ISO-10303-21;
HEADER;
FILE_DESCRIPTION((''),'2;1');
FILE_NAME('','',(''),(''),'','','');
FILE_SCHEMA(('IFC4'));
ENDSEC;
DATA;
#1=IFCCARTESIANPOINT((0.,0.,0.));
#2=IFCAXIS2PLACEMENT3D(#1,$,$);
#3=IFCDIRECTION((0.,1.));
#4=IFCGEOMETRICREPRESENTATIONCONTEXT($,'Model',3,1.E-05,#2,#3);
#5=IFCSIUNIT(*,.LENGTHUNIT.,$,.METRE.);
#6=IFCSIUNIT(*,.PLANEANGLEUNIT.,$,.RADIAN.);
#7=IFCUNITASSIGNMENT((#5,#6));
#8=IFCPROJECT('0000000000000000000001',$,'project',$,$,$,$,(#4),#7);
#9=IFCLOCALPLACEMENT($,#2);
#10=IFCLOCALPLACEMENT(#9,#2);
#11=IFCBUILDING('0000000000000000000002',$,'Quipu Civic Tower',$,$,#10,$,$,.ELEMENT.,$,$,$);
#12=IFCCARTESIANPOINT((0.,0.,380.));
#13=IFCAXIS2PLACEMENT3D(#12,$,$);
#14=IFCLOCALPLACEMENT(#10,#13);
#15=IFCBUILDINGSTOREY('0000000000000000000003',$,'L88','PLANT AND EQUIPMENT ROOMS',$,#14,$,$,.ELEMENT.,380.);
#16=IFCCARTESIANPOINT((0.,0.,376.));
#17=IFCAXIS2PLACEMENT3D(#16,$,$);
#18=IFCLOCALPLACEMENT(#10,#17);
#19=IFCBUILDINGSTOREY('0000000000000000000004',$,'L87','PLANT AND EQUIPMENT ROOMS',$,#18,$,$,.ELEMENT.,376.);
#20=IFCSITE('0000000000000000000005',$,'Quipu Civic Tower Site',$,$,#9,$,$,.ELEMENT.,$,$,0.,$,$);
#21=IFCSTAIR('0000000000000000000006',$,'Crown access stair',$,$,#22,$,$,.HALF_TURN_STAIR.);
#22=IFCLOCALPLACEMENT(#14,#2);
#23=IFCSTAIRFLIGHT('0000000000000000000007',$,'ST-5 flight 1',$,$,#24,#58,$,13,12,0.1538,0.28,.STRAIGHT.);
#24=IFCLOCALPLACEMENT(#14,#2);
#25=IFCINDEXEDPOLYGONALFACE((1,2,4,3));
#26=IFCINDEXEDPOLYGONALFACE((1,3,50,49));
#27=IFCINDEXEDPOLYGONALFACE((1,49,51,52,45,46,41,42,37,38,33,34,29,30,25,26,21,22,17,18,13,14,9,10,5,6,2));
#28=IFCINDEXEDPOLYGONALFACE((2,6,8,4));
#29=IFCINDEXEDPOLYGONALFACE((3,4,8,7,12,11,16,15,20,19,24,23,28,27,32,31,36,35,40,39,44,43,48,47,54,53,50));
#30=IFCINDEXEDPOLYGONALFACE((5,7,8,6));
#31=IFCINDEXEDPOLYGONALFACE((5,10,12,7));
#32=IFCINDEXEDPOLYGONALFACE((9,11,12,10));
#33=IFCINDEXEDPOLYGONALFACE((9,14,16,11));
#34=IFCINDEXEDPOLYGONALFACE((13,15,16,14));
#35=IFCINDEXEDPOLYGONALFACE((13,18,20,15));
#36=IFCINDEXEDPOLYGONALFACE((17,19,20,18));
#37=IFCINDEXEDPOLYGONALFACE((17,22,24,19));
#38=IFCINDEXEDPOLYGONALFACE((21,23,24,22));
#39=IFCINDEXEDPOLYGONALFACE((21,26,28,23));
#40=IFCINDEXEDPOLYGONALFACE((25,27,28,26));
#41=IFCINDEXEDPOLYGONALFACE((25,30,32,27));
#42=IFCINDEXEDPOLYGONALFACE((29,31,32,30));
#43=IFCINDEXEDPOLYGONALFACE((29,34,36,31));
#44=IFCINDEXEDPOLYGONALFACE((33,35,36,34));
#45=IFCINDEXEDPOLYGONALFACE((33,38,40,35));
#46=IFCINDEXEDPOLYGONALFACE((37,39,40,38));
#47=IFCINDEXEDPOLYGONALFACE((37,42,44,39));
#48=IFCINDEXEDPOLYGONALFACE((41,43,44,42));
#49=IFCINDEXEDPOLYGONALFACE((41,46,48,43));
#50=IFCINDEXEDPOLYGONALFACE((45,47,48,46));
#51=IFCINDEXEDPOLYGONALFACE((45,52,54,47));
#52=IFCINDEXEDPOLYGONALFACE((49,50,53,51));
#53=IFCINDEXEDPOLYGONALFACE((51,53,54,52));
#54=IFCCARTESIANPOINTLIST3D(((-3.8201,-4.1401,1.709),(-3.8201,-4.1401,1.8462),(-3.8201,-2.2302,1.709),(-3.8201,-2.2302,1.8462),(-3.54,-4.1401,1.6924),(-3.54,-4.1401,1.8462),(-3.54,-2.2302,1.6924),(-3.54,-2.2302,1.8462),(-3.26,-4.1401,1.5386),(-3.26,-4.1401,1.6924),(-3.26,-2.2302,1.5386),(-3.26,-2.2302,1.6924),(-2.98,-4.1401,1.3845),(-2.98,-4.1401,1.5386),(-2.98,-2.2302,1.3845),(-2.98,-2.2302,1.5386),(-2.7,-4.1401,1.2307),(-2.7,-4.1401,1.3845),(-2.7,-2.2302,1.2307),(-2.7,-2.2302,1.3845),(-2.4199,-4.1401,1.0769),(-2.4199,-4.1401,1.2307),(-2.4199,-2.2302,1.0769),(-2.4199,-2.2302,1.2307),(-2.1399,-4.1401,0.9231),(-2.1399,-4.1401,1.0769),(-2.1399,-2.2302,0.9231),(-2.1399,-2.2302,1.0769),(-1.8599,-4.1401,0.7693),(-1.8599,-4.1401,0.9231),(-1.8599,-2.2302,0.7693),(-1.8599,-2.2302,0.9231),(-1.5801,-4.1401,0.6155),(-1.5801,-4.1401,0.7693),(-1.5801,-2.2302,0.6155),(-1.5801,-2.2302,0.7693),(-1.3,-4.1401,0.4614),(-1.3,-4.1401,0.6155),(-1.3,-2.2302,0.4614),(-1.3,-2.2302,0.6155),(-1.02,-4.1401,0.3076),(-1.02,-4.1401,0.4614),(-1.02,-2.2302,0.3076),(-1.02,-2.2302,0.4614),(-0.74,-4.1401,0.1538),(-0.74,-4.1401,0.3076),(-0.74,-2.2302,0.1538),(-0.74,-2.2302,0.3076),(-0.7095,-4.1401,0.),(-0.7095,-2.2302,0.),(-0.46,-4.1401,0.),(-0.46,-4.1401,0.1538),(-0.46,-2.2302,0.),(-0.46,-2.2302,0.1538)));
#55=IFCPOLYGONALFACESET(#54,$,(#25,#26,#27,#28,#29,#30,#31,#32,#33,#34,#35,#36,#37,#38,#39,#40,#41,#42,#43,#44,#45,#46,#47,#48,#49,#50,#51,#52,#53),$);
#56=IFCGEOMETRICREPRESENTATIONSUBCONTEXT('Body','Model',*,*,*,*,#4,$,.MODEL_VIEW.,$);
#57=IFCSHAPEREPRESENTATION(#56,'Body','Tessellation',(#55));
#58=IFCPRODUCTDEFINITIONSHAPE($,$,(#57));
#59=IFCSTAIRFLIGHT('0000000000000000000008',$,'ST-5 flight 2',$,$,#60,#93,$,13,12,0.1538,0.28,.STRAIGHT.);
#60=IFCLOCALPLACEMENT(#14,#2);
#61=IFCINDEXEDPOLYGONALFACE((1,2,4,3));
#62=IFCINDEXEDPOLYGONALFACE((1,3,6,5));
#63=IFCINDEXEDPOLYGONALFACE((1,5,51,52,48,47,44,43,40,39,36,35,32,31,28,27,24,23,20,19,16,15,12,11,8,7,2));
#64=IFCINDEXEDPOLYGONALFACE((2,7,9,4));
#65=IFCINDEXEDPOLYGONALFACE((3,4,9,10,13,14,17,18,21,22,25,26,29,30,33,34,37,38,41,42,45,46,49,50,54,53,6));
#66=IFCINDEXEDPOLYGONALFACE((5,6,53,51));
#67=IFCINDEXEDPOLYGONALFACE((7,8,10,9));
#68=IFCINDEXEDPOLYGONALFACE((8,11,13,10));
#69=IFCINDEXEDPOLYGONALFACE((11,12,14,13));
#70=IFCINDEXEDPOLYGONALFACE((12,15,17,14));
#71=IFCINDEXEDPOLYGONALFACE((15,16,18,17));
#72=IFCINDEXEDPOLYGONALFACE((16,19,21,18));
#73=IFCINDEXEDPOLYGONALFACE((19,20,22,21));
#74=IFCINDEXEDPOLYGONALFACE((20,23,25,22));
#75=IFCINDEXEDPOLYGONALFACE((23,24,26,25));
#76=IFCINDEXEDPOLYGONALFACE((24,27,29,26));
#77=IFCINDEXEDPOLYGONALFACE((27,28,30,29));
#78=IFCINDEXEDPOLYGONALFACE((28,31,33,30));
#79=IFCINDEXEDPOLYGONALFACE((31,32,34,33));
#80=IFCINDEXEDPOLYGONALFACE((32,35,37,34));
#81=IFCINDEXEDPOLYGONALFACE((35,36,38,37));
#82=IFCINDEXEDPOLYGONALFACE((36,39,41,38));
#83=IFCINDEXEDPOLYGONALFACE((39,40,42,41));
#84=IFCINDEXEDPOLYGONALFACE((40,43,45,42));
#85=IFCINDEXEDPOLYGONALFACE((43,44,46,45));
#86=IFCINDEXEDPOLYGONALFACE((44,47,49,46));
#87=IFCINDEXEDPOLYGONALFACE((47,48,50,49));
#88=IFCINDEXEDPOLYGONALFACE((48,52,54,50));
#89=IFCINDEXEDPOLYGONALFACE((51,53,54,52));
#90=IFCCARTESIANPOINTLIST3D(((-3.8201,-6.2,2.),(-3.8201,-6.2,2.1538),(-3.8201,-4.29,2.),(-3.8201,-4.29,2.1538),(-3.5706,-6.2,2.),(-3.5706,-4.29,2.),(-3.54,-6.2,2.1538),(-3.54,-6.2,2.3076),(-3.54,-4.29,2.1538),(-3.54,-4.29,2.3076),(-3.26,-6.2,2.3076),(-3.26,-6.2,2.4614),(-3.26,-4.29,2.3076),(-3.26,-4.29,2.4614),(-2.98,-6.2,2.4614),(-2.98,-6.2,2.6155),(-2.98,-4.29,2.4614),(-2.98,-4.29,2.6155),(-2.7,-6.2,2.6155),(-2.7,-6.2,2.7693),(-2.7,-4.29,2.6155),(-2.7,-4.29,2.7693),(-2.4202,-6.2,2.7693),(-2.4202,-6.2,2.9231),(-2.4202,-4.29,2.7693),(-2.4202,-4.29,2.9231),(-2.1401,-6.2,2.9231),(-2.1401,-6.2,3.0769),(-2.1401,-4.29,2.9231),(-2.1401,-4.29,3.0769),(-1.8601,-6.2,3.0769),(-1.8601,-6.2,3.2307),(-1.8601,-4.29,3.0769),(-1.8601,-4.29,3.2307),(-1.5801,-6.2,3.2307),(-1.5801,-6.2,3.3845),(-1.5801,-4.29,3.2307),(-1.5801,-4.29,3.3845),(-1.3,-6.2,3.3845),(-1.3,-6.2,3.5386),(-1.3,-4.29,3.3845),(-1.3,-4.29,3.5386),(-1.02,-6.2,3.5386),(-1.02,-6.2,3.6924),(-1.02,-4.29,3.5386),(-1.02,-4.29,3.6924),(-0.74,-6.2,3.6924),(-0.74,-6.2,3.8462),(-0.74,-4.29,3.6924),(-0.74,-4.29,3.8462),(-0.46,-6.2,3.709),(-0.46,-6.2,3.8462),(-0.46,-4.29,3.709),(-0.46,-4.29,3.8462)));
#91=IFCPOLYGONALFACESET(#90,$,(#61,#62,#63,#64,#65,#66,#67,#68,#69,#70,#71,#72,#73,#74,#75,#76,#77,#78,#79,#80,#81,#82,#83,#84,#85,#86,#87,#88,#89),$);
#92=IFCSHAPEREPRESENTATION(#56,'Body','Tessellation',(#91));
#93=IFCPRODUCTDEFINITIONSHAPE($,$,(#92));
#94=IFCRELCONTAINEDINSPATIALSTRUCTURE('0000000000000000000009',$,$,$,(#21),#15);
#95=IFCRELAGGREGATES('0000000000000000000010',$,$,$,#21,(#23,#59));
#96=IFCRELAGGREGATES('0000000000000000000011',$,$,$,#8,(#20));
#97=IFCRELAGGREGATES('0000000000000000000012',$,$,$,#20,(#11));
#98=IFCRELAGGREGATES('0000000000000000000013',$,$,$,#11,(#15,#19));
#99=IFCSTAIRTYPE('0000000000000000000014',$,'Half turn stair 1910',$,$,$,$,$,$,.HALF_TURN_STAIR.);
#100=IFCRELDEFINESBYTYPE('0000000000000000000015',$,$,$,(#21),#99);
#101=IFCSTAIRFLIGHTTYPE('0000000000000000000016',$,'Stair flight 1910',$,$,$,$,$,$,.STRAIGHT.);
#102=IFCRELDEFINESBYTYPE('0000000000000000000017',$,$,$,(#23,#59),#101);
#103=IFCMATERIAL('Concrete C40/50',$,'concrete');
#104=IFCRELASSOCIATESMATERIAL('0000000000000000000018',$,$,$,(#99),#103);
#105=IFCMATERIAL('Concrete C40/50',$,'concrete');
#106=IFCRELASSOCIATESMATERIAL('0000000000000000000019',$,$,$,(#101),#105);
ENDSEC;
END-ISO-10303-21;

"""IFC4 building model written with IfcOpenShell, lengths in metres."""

from ifc_helpers import new_model, si_unit, direction, frame, origin, place, context, subcontext, project, spatial, polyline, outline, extrude, material, type_object, element, aggregate, save


model = new_model("IFC4")

# Units and contexts
model_context = context("Model", 3, precision=1e-05, world=origin(), true_north=direction((0.0, 1.0)))
body_context = subcontext(model_context, "Body", "Model", "MODEL_VIEW")
ifc_project = project(units=[si_unit("LENGTHUNIT", "METRE"), si_unit("PLANEANGLEUNIT", "RADIAN")], contexts=[model_context])

# Site, building, storey
site_placement = place(None, origin())
site = spatial("IfcSite", under=ifc_project, at=site_placement, Name="Quipu Civic Tower Site", CompositionType="ELEMENT", RefElevation=0.0)
building_placement = place(site_placement, origin())
building = spatial("IfcBuilding", under=site, at=building_placement, Name="Quipu Civic Tower", CompositionType="ELEMENT")
storey_1_placement = place(building_placement, frame((0.0, 0.0, 380.0)))
storey_1 = spatial("IfcBuildingStorey", under=building, at=storey_1_placement, Name="L88", Description="PLANT AND EQUIPMENT ROOMS", CompositionType="ELEMENT", Elevation=380.0)

# Shared definitions
storey_2_placement = place(building_placement, frame((0.0, 0.0, 376.0)))
storey_2 = spatial("IfcBuildingStorey", under=building, at=storey_2_placement, Name="L87", Description="PLANT AND EQUIPMENT ROOMS", CompositionType="ELEMENT", Elevation=376.0)

# Stair, stair flights
ifc_material_1 = material(Name="Concrete C40/50", Category="concrete")
stair_type = type_object("IfcStairType", Name="Half turn stair 1910", PredefinedType="HALF_TURN_STAIR", material=ifc_material_1)
stair_placement = place(storey_1_placement, origin())
stair = element("IfcStair", 1, at=stair_placement, inside=storey_1, type_object=stair_type, Name="Crown access stair", PredefinedType="HALF_TURN_STAIR")
ifc_material_2 = material(Name="Concrete C40/50", Category="concrete")
stair_flight_type = type_object("IfcStairFlightType", Name="Stair flight 1910", PredefinedType="STRAIGHT", material=ifc_material_2)
stair_flight_1_placement = place(storey_1_placement, frame((-0.46, -3.1851, 0.0), z_axis=(0.0, 0.0, 1.0), x_axis=(-1.0, 0.0, 0.0)))
stair_flight_1 = element("IfcStairFlight", 2, at=stair_flight_1_placement, type_object=stair_flight_type, Name="ST-5 flight 1", NumberOfRisers=13, NumberOfTreads=12, PredefinedType="STRAIGHT", RiserHeight=0.1538, TreadLength=0.28, context=body_context, shape_type="SweptSolid", body=[
    extrude(outline(polyline([(0.0, 0.0), (0.0, 0.1538), (0.28, 0.1538), (0.28, 0.3076), (0.5601, 0.3076), (0.5601, 0.4614), (0.8401, 0.4614), (0.8401, 0.6155), (1.1201, 0.6155), (1.1201, 0.7693), (1.3999, 0.7693), (1.3999, 0.9231), (1.6799, 0.9231), (1.6799, 1.0769), (1.96, 1.0769), (1.96, 1.2307), (2.24, 1.2307), (2.24, 1.3845), (2.52, 1.3845), (2.52, 1.5386), (2.8, 1.5386), (2.8, 1.6924), (3.0801, 1.6924), (3.0801, 1.8462), (3.3601, 1.8462), (3.3601, 2.0), (3.3601, 1.709), (0.2495, 0.0), (0.0, 0.0)])), frame((0.0, 0.9551, 0.0), z_axis=(0.0, -1.0, 0.0), x_axis=(1.0, 0.0, 0.0)), (0.0, 0.0, 1.0), 1.9099),
])
stair_flight_2_placement = place(storey_1_placement, frame((-3.8201, -5.2451, 2.0), z_axis=(0.0, 0.0, 1.0), x_axis=(1.0, 0.0, 0.0)))
stair_flight_2 = element("IfcStairFlight", 3, at=stair_flight_2_placement, type_object=stair_flight_type, Name="ST-5 flight 2", NumberOfRisers=13, NumberOfTreads=12, PredefinedType="STRAIGHT", RiserHeight=0.1538, TreadLength=0.28, context=body_context, shape_type="SweptSolid", body=[
    extrude(outline(polyline([(0.0, 0.0), (0.0, 0.1538), (0.28, 0.1538), (0.28, 0.3076), (0.5601, 0.3076), (0.5601, 0.4614), (0.8401, 0.4614), (0.8401, 0.6155), (1.1201, 0.6155), (1.1201, 0.7693), (1.3999, 0.7693), (1.3999, 0.9231), (1.6799, 0.9231), (1.6799, 1.0769), (1.96, 1.0769), (1.96, 1.2307), (2.24, 1.2307), (2.24, 1.3845), (2.52, 1.3845), (2.52, 1.5386), (2.8, 1.5386), (2.8, 1.6924), (3.0801, 1.6924), (3.0801, 1.8462), (3.3601, 1.8462), (3.3601, 2.0), (3.3601, 1.709), (0.2495, 0.0), (0.0, 0.0)])), frame((0.0, 0.9551, 0.0), z_axis=(0.0, -1.0, 0.0), x_axis=(1.0, 0.0, 0.0)), (0.0, 0.0, 1.0), 1.9099),
])
aggregate(stair, [stair_flight_1, stair_flight_2])

save(model, "model.ifc")
